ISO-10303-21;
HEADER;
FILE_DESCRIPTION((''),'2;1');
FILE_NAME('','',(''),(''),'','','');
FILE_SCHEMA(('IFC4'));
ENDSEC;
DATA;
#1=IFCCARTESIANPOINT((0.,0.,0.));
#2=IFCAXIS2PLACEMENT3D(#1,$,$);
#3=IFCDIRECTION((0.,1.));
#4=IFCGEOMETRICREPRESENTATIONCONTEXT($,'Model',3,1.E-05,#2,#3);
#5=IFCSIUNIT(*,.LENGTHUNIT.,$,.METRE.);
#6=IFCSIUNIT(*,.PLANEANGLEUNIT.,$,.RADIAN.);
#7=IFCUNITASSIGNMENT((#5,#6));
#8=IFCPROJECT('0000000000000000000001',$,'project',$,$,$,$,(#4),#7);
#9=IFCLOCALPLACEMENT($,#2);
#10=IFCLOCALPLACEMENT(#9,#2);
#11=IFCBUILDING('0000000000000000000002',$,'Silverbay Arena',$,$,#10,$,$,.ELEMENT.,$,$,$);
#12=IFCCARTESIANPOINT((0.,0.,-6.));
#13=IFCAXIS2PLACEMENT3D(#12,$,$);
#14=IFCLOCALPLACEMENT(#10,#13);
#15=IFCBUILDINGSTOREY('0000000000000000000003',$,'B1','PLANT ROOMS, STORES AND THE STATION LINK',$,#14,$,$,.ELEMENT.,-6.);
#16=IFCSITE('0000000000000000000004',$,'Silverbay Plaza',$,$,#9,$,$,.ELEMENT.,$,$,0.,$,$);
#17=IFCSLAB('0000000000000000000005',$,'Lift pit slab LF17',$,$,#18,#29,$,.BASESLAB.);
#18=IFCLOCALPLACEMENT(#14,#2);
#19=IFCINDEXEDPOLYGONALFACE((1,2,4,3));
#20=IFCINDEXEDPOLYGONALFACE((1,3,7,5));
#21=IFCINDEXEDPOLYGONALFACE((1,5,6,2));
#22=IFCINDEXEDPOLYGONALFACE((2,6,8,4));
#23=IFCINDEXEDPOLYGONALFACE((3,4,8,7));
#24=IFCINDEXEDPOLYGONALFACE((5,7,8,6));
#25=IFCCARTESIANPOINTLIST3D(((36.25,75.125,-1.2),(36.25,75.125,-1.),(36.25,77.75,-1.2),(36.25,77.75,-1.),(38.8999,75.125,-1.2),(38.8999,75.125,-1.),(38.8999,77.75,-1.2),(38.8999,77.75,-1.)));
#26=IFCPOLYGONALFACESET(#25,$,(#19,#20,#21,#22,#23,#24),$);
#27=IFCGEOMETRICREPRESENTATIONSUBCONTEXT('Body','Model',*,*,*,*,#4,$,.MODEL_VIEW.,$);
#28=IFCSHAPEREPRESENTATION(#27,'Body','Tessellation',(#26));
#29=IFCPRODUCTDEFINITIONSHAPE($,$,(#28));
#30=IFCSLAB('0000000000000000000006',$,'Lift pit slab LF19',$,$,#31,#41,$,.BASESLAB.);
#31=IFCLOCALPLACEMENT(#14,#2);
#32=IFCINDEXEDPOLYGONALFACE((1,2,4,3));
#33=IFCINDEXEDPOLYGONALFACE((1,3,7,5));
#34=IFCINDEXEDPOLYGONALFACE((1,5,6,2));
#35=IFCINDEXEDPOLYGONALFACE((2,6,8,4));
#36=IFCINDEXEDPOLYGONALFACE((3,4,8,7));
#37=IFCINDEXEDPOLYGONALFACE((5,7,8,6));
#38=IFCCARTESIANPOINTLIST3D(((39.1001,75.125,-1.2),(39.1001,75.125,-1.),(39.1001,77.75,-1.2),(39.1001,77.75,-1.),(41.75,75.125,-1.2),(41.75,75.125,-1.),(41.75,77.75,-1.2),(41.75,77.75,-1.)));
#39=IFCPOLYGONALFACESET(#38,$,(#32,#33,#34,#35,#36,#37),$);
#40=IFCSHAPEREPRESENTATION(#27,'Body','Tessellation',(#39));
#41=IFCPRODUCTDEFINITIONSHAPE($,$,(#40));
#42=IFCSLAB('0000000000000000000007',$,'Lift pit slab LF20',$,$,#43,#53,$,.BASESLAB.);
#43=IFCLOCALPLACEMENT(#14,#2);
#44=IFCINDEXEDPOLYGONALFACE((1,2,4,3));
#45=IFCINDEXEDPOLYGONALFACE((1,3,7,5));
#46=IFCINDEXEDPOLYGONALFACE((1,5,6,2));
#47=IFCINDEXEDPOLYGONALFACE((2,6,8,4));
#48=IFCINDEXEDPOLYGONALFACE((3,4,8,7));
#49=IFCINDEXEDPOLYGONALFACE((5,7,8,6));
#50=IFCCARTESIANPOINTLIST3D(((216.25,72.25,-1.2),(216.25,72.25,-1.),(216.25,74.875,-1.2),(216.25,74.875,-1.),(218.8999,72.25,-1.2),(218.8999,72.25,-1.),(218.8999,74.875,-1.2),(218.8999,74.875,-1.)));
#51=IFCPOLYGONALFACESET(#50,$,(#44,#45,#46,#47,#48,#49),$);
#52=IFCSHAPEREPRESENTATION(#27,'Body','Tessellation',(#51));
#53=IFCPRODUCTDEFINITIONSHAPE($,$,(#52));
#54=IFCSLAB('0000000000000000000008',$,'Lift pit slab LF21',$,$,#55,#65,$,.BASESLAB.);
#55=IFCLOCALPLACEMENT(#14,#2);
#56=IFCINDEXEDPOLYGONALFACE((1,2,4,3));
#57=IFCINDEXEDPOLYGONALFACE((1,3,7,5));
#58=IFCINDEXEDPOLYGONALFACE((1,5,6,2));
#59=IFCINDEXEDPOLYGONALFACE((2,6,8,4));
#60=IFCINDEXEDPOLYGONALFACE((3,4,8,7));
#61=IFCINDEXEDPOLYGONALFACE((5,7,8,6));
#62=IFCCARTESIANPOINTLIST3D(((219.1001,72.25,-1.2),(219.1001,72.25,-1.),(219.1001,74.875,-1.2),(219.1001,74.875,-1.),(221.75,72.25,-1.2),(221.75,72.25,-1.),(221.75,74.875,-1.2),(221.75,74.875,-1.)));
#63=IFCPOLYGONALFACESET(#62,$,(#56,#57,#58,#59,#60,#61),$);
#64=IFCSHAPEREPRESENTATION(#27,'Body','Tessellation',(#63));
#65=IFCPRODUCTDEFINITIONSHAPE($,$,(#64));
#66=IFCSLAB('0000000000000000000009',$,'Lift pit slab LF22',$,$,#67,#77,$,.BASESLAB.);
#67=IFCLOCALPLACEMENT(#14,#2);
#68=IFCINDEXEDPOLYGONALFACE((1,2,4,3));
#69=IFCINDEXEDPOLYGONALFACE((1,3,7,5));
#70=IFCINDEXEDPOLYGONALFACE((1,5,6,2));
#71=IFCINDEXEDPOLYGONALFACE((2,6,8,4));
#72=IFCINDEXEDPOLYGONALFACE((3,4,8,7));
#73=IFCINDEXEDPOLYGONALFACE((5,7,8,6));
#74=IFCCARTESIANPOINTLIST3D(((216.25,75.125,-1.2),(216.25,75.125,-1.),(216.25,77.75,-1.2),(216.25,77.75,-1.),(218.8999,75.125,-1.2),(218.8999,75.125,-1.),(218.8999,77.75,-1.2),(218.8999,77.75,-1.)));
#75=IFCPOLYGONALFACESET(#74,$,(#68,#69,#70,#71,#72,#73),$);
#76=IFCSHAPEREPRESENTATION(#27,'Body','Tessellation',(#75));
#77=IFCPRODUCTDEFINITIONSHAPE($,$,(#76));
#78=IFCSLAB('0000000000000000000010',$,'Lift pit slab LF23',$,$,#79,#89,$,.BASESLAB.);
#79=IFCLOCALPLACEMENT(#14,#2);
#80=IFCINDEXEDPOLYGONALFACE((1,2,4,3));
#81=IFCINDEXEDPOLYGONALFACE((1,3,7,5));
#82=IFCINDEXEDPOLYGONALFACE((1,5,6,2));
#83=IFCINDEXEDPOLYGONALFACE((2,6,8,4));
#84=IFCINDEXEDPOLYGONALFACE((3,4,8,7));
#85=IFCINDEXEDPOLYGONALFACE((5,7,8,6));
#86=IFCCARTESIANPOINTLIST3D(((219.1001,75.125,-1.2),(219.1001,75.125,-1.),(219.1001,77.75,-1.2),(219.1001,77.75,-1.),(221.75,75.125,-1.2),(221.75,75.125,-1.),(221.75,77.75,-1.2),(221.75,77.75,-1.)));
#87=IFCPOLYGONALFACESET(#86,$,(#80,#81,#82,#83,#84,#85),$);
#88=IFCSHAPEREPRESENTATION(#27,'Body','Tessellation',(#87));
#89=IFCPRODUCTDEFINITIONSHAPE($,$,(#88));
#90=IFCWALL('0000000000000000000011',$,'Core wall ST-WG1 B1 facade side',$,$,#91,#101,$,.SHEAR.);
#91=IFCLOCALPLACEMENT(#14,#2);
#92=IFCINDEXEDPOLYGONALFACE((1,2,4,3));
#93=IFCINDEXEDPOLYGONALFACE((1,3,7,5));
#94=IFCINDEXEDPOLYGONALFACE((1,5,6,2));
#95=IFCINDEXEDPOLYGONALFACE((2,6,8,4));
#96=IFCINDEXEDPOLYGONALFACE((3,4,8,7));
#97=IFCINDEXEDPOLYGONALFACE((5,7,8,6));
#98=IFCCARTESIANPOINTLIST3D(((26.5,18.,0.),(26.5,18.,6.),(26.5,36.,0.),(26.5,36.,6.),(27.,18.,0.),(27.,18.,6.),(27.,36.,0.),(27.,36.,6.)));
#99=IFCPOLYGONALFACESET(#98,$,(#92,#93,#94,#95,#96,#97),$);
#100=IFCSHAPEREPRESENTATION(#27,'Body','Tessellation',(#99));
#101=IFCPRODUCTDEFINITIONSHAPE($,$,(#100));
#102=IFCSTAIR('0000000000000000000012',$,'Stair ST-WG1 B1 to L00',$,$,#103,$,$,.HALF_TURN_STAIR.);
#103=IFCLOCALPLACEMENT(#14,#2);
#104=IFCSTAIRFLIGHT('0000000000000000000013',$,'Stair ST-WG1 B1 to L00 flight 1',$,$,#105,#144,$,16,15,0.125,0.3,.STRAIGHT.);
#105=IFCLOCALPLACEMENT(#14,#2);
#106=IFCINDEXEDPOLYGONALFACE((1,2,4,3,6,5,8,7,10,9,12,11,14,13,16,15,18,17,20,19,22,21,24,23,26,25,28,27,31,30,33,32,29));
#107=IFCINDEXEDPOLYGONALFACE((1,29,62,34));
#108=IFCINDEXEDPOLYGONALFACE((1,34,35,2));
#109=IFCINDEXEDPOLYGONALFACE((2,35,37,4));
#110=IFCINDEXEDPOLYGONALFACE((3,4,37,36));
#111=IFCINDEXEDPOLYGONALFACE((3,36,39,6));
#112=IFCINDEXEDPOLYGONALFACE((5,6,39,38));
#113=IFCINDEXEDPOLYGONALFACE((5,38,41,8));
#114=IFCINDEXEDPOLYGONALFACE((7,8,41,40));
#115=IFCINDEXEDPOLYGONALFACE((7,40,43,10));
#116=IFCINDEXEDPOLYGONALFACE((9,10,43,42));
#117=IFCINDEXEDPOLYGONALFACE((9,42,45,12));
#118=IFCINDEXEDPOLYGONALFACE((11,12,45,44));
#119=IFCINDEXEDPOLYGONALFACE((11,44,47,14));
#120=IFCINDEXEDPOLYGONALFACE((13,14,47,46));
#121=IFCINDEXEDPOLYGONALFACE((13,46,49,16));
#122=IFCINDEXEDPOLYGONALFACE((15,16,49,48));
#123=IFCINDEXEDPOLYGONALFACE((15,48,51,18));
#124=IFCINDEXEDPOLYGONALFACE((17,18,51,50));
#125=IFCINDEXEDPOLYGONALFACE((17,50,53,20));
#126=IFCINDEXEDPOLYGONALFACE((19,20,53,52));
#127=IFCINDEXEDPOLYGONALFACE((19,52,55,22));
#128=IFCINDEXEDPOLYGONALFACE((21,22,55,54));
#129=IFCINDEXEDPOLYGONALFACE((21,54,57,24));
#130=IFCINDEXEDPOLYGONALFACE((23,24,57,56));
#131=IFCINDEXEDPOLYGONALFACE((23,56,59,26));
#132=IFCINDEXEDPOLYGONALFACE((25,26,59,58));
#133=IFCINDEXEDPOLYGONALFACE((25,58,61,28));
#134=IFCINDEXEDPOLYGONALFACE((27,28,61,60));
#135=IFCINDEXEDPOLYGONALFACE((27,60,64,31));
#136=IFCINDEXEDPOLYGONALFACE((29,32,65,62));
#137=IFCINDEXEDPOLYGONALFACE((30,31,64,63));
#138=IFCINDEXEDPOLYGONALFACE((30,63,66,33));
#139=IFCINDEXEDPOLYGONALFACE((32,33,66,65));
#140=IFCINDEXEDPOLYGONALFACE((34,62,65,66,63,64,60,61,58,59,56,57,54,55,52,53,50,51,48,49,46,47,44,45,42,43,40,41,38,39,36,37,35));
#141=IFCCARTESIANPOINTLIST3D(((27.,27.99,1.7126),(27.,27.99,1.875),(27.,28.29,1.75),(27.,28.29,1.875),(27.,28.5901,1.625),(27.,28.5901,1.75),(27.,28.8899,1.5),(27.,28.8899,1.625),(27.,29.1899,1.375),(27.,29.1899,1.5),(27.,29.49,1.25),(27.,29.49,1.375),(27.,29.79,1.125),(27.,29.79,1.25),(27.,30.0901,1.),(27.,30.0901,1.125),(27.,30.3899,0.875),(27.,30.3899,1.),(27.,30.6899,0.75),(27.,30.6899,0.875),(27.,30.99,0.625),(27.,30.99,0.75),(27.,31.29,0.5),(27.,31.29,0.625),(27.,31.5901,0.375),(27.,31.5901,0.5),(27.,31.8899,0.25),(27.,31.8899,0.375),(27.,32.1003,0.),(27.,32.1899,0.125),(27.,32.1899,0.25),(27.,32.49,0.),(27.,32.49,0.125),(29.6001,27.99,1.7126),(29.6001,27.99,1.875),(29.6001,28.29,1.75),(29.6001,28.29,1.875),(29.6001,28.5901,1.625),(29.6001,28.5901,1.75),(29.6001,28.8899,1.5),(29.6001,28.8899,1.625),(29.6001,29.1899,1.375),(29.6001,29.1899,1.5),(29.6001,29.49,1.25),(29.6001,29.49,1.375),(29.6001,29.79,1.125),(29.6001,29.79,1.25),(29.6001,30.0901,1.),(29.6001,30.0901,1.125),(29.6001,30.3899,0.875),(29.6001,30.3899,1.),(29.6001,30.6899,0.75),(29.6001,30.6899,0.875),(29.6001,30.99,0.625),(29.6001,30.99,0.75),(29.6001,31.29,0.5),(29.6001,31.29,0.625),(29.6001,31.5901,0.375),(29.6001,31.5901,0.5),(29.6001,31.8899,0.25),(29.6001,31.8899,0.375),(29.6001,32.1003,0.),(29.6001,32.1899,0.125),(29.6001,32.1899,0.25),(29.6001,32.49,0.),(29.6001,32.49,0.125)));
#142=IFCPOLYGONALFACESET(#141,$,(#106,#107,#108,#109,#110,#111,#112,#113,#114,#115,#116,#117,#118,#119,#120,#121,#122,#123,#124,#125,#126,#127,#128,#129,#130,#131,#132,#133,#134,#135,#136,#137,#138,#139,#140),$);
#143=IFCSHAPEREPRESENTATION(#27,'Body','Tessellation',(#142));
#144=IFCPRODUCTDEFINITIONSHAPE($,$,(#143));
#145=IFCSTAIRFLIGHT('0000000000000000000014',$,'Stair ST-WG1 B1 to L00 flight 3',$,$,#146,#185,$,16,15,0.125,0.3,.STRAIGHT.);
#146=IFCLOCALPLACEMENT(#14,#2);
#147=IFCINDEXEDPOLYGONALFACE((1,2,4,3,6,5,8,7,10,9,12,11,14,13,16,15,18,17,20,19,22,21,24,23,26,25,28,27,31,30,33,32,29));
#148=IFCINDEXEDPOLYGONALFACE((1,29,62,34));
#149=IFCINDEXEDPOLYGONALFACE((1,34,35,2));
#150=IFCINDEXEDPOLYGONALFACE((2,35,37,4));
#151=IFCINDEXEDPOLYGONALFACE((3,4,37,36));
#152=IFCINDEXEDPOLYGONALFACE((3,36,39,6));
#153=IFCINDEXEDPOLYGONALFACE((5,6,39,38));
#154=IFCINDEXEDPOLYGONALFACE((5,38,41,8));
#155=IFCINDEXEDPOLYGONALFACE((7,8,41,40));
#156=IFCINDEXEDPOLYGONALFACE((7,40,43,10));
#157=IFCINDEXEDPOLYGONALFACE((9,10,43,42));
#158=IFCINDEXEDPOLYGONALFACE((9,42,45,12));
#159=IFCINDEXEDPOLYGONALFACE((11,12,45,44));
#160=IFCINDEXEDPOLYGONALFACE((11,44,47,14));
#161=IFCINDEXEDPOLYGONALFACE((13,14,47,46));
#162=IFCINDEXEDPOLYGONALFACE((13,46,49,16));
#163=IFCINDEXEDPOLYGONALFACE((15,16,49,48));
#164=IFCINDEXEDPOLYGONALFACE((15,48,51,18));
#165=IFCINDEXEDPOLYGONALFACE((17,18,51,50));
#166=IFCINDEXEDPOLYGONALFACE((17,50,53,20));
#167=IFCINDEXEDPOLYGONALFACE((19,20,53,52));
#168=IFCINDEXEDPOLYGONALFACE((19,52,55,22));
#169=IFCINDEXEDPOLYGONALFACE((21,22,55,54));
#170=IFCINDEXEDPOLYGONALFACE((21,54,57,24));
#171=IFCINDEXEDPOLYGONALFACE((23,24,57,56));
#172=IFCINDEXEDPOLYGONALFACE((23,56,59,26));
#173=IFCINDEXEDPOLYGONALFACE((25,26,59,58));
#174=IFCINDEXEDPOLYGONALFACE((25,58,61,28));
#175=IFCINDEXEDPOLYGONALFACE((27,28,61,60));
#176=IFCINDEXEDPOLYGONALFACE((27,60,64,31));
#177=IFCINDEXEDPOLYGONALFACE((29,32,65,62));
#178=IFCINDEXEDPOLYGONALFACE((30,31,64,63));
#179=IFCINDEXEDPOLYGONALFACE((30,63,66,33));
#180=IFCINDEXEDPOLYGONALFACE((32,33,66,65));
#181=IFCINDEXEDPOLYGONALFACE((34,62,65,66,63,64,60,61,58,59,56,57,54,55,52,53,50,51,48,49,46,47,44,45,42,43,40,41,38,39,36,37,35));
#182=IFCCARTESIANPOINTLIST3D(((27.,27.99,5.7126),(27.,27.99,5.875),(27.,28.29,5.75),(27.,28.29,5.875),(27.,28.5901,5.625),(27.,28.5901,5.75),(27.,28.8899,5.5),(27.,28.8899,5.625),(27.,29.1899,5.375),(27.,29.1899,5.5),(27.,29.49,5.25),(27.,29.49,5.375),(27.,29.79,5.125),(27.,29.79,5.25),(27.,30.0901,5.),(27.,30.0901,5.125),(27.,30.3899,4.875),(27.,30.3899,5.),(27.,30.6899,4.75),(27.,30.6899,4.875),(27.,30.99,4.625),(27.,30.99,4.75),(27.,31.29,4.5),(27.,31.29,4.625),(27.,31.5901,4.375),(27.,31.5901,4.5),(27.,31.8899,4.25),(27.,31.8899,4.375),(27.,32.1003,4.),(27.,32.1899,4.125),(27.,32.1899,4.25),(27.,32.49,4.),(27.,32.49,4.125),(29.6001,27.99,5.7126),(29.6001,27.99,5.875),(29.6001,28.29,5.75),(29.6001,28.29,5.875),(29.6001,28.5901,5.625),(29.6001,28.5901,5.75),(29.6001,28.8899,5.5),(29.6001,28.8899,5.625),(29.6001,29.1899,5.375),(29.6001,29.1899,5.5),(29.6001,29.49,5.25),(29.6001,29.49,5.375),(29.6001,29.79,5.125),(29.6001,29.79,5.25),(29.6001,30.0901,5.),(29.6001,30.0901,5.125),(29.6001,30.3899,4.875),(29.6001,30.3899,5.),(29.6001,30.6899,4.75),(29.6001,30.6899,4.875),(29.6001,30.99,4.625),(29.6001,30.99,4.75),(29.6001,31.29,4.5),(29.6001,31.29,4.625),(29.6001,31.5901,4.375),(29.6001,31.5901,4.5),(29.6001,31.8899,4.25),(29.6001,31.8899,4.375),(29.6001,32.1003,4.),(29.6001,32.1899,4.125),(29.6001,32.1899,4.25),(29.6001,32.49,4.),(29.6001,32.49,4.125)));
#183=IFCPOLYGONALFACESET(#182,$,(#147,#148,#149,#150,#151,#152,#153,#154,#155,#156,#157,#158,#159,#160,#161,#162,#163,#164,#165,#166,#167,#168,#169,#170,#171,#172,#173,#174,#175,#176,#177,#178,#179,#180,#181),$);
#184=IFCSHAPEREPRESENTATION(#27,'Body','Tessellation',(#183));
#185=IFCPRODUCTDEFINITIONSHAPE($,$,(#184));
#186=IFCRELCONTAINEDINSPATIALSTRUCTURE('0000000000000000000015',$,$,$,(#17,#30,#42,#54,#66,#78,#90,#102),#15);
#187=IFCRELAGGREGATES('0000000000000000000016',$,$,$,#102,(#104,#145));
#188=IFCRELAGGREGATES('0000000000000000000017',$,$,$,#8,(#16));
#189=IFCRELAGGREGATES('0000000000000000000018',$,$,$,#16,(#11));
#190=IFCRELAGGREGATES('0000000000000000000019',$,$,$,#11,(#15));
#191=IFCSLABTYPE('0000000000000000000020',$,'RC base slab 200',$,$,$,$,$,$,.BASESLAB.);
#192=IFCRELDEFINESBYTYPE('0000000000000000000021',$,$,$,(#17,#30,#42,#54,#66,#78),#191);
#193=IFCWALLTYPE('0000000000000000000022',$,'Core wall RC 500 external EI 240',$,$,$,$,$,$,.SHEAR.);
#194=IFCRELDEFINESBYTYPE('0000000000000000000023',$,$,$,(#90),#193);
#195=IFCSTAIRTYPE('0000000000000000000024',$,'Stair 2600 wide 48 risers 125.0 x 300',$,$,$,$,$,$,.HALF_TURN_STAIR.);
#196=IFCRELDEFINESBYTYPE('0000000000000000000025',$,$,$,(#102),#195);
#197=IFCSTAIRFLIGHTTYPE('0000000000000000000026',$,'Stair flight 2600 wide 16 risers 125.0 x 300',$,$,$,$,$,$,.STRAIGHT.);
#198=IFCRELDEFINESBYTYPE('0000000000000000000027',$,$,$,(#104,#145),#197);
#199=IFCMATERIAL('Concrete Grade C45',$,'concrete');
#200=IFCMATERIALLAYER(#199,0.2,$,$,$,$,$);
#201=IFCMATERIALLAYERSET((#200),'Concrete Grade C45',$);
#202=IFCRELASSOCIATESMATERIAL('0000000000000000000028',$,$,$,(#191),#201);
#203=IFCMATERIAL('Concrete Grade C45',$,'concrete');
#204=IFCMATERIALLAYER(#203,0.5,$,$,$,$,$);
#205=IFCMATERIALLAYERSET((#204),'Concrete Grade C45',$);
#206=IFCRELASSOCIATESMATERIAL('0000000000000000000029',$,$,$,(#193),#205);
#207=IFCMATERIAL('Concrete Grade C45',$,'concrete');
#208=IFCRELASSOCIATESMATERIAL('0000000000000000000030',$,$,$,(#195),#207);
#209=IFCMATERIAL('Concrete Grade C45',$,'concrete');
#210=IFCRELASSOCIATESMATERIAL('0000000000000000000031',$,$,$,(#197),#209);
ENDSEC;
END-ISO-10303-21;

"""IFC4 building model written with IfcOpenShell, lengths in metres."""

from ifc_helpers import new_model, si_unit, direction, frame, frame_2d, origin, place, context, subcontext, project, spatial, polyline, rectangle, outline, extrude, material, layer, layer_set, type_object, element, aggregate, save


model = new_model("IFC4")

# Units and contexts
model_context = context("Model", 3, precision=1e-05, world=origin(), true_north=direction((0.0, 1.0)))
body_context = subcontext(model_context, "Body", "Model", "MODEL_VIEW")
ifc_project = project(units=[si_unit("LENGTHUNIT", "METRE"), si_unit("PLANEANGLEUNIT", "RADIAN")], contexts=[model_context])

# Site, building, storey
site_placement = place(None, origin())
site = spatial("IfcSite", under=ifc_project, at=site_placement, Name="Silverbay Plaza", CompositionType="ELEMENT", RefElevation=0.0)
building_placement = place(site_placement, origin())
building = spatial("IfcBuilding", under=site, at=building_placement, Name="Silverbay Arena", CompositionType="ELEMENT")
storey_placement = place(building_placement, frame((0.0, 0.0, -6.0)))
storey = spatial("IfcBuildingStorey", under=building, at=storey_placement, Name="B1", Description="PLANT ROOMS, STORES AND THE STATION LINK", CompositionType="ELEMENT", Elevation=-6.0)

# Slabs
ifc_material_1 = material(Name="Concrete Grade C45", Category="concrete")
ifc_layer_1 = layer(ifc_material_1, 0.2)
ifc_layer_set_1 = layer_set([ifc_layer_1], Name="Concrete Grade C45")
slab_type = type_object("IfcSlabType", Name="RC base slab 200", PredefinedType="BASESLAB", material=ifc_layer_set_1)
slab_1_placement = place(storey_placement, frame((0.0, 0.0, -1.2)))
element("IfcSlab", 1, at=slab_1_placement, inside=storey, type_object=slab_type, Name="Lift pit slab LF17", PredefinedType="BASESLAB", context=body_context, shape_type="SweptSolid", body=[
    extrude(outline(polyline([(36.25, 75.125), (38.8999, 75.125), (38.8999, 77.75), (36.25, 77.75), (36.25, 75.125)])), origin(), (0.0, 0.0, 1.0), 0.2),
])
slab_2_placement = place(storey_placement, frame((0.0, 0.0, -1.2)))
element("IfcSlab", 2, at=slab_2_placement, inside=storey, type_object=slab_type, Name="Lift pit slab LF19", PredefinedType="BASESLAB", context=body_context, shape_type="SweptSolid", body=[
    extrude(outline(polyline([(39.1001, 75.125), (41.75, 75.125), (41.75, 77.75), (39.1001, 77.75), (39.1001, 75.125)])), origin(), (0.0, 0.0, 1.0), 0.2),
])
slab_3_placement = place(storey_placement, frame((0.0, 0.0, -1.2)))
element("IfcSlab", 3, at=slab_3_placement, inside=storey, type_object=slab_type, Name="Lift pit slab LF20", PredefinedType="BASESLAB", context=body_context, shape_type="SweptSolid", body=[
    extrude(outline(polyline([(216.25, 72.25), (218.8999, 72.25), (218.8999, 74.875), (216.25, 74.875), (216.25, 72.25)])), origin(), (0.0, 0.0, 1.0), 0.2),
])
slab_4_placement = place(storey_placement, frame((0.0, 0.0, -1.2)))
element("IfcSlab", 4, at=slab_4_placement, inside=storey, type_object=slab_type, Name="Lift pit slab LF21", PredefinedType="BASESLAB", context=body_context, shape_type="SweptSolid", body=[
    extrude(outline(polyline([(219.1001, 72.25), (221.75, 72.25), (221.75, 74.875), (219.1001, 74.875), (219.1001, 72.25)])), origin(), (0.0, 0.0, 1.0), 0.2),
])
slab_5_placement = place(storey_placement, frame((0.0, 0.0, -1.2)))
element("IfcSlab", 5, at=slab_5_placement, inside=storey, type_object=slab_type, Name="Lift pit slab LF22", PredefinedType="BASESLAB", context=body_context, shape_type="SweptSolid", body=[
    extrude(outline(polyline([(216.25, 75.125), (218.8999, 75.125), (218.8999, 77.75), (216.25, 77.75), (216.25, 75.125)])), origin(), (0.0, 0.0, 1.0), 0.2),
])
slab_6_placement = place(storey_placement, frame((0.0, 0.0, -1.2)))
element("IfcSlab", 6, at=slab_6_placement, inside=storey, type_object=slab_type, Name="Lift pit slab LF23", PredefinedType="BASESLAB", context=body_context, shape_type="SweptSolid", body=[
    extrude(outline(polyline([(219.1001, 75.125), (221.75, 75.125), (221.75, 77.75), (219.1001, 77.75), (219.1001, 75.125)])), origin(), (0.0, 0.0, 1.0), 0.2),
])

# Wall
ifc_material_2 = material(Name="Concrete Grade C45", Category="concrete")
ifc_layer_2 = layer(ifc_material_2, 0.5)
ifc_layer_set_2 = layer_set([ifc_layer_2], Name="Concrete Grade C45")
wall_type = type_object("IfcWallType", Name="Core wall RC 500 external EI 240", PredefinedType="SHEAR", material=ifc_layer_set_2)
wall_placement = place(storey_placement, frame((26.75, 36.0, 0.0), z_axis=(0.0, 0.0, 1.0), x_axis=(0.0, -1.0, 0.0)))
element("IfcWall", 7, at=wall_placement, inside=storey, type_object=wall_type, Name="Core wall ST-WG1 B1 facade side", PredefinedType="SHEAR", context=body_context, shape_type="SweptSolid", body=[
    extrude(rectangle(XDim=18.0, YDim=0.5, at=frame_2d((9.0, 0.0))), origin(), (0.0, 0.0, 1.0), 6.0),
])

# Stair, stair flights
ifc_material_3 = material(Name="Concrete Grade C45", Category="concrete")
stair_type = type_object("IfcStairType", Name="Stair 2600 wide 48 risers 125.0 x 300", PredefinedType="HALF_TURN_STAIR", material=ifc_material_3)
stair_placement = place(storey_placement, origin())
stair = element("IfcStair", 8, at=stair_placement, inside=storey, type_object=stair_type, Name="Stair ST-WG1 B1 to L00", PredefinedType="HALF_TURN_STAIR")
ifc_material_4 = material(Name="Concrete Grade C45", Category="concrete")
stair_flight_type = type_object("IfcStairFlightType", Name="Stair flight 2600 wide 16 risers 125.0 x 300", PredefinedType="STRAIGHT", material=ifc_material_4)
stair_flight_1_placement = place(storey_placement, frame((28.3, 32.49, 0.0), z_axis=(0.0, 0.0, 1.0), x_axis=(0.0, -1.0, 0.0)))
stair_flight_1 = element("IfcStairFlight", 9, at=stair_flight_1_placement, type_object=stair_flight_type, Name="Stair ST-WG1 B1 to L00 flight 1", NumberOfRisers=16, NumberOfTreads=15, PredefinedType="STRAIGHT", RiserHeight=0.125, TreadLength=0.3, context=body_context, shape_type="SweptSolid", body=[
    extrude(outline(polyline([(0.0, 0.0), (0.0, 0.125), (0.3, 0.125), (0.3, 0.25), (0.6001, 0.25), (0.6001, 0.375), (0.8999, 0.375), (0.8999, 0.5), (1.2, 0.5), (1.2, 0.625), (1.5, 0.625), (1.5, 0.75), (1.8, 0.75), (1.8, 0.875), (2.1001, 0.875), (2.1001, 1.0), (2.3999, 1.0), (2.3999, 1.125), (2.7, 1.125), (2.7, 1.25), (3.0, 1.25), (3.0, 1.375), (3.3, 1.375), (3.3, 1.5), (3.6001, 1.5), (3.6001, 1.625), (3.8999, 1.625), (3.8999, 1.75), (4.2, 1.75), (4.2, 1.875), (4.5, 1.875), (4.5, 1.7126), (0.3896, 0.0), (0.0, 0.0)])), frame((0.0, 1.3, 0.0), z_axis=(0.0, -1.0, 0.0), x_axis=(1.0, 0.0, 0.0)), (0.0, 0.0, 1.0), 2.6001),
])
stair_flight_2_placement = place(storey_placement, frame((28.3, 32.49, 4.0), z_axis=(0.0, 0.0, 1.0), x_axis=(0.0, -1.0, 0.0)))
stair_flight_2 = element("IfcStairFlight", 10, at=stair_flight_2_placement, type_object=stair_flight_type, Name="Stair ST-WG1 B1 to L00 flight 3", NumberOfRisers=16, NumberOfTreads=15, PredefinedType="STRAIGHT", RiserHeight=0.125, TreadLength=0.3, context=body_context, shape_type="SweptSolid", body=[
    extrude(outline(polyline([(0.0, 0.0), (0.0, 0.125), (0.3, 0.125), (0.3, 0.25), (0.6001, 0.25), (0.6001, 0.375), (0.8999, 0.375), (0.8999, 0.5), (1.2, 0.5), (1.2, 0.625), (1.5, 0.625), (1.5, 0.75), (1.8, 0.75), (1.8, 0.875), (2.1001, 0.875), (2.1001, 1.0), (2.3999, 1.0), (2.3999, 1.125), (2.7, 1.125), (2.7, 1.25), (3.0, 1.25), (3.0, 1.375), (3.3, 1.375), (3.3, 1.5), (3.6001, 1.5), (3.6001, 1.625), (3.8999, 1.625), (3.8999, 1.75), (4.2, 1.75), (4.2, 1.875), (4.5, 1.875), (4.5, 1.7126), (0.3896, 0.0), (0.0, 0.0)])), frame((0.0, 1.3, 0.0), z_axis=(0.0, -1.0, 0.0), x_axis=(1.0, 0.0, 0.0)), (0.0, 0.0, 1.0), 2.6001),
])
aggregate(stair, [stair_flight_1, stair_flight_2])

save(model, "model.ifc")
